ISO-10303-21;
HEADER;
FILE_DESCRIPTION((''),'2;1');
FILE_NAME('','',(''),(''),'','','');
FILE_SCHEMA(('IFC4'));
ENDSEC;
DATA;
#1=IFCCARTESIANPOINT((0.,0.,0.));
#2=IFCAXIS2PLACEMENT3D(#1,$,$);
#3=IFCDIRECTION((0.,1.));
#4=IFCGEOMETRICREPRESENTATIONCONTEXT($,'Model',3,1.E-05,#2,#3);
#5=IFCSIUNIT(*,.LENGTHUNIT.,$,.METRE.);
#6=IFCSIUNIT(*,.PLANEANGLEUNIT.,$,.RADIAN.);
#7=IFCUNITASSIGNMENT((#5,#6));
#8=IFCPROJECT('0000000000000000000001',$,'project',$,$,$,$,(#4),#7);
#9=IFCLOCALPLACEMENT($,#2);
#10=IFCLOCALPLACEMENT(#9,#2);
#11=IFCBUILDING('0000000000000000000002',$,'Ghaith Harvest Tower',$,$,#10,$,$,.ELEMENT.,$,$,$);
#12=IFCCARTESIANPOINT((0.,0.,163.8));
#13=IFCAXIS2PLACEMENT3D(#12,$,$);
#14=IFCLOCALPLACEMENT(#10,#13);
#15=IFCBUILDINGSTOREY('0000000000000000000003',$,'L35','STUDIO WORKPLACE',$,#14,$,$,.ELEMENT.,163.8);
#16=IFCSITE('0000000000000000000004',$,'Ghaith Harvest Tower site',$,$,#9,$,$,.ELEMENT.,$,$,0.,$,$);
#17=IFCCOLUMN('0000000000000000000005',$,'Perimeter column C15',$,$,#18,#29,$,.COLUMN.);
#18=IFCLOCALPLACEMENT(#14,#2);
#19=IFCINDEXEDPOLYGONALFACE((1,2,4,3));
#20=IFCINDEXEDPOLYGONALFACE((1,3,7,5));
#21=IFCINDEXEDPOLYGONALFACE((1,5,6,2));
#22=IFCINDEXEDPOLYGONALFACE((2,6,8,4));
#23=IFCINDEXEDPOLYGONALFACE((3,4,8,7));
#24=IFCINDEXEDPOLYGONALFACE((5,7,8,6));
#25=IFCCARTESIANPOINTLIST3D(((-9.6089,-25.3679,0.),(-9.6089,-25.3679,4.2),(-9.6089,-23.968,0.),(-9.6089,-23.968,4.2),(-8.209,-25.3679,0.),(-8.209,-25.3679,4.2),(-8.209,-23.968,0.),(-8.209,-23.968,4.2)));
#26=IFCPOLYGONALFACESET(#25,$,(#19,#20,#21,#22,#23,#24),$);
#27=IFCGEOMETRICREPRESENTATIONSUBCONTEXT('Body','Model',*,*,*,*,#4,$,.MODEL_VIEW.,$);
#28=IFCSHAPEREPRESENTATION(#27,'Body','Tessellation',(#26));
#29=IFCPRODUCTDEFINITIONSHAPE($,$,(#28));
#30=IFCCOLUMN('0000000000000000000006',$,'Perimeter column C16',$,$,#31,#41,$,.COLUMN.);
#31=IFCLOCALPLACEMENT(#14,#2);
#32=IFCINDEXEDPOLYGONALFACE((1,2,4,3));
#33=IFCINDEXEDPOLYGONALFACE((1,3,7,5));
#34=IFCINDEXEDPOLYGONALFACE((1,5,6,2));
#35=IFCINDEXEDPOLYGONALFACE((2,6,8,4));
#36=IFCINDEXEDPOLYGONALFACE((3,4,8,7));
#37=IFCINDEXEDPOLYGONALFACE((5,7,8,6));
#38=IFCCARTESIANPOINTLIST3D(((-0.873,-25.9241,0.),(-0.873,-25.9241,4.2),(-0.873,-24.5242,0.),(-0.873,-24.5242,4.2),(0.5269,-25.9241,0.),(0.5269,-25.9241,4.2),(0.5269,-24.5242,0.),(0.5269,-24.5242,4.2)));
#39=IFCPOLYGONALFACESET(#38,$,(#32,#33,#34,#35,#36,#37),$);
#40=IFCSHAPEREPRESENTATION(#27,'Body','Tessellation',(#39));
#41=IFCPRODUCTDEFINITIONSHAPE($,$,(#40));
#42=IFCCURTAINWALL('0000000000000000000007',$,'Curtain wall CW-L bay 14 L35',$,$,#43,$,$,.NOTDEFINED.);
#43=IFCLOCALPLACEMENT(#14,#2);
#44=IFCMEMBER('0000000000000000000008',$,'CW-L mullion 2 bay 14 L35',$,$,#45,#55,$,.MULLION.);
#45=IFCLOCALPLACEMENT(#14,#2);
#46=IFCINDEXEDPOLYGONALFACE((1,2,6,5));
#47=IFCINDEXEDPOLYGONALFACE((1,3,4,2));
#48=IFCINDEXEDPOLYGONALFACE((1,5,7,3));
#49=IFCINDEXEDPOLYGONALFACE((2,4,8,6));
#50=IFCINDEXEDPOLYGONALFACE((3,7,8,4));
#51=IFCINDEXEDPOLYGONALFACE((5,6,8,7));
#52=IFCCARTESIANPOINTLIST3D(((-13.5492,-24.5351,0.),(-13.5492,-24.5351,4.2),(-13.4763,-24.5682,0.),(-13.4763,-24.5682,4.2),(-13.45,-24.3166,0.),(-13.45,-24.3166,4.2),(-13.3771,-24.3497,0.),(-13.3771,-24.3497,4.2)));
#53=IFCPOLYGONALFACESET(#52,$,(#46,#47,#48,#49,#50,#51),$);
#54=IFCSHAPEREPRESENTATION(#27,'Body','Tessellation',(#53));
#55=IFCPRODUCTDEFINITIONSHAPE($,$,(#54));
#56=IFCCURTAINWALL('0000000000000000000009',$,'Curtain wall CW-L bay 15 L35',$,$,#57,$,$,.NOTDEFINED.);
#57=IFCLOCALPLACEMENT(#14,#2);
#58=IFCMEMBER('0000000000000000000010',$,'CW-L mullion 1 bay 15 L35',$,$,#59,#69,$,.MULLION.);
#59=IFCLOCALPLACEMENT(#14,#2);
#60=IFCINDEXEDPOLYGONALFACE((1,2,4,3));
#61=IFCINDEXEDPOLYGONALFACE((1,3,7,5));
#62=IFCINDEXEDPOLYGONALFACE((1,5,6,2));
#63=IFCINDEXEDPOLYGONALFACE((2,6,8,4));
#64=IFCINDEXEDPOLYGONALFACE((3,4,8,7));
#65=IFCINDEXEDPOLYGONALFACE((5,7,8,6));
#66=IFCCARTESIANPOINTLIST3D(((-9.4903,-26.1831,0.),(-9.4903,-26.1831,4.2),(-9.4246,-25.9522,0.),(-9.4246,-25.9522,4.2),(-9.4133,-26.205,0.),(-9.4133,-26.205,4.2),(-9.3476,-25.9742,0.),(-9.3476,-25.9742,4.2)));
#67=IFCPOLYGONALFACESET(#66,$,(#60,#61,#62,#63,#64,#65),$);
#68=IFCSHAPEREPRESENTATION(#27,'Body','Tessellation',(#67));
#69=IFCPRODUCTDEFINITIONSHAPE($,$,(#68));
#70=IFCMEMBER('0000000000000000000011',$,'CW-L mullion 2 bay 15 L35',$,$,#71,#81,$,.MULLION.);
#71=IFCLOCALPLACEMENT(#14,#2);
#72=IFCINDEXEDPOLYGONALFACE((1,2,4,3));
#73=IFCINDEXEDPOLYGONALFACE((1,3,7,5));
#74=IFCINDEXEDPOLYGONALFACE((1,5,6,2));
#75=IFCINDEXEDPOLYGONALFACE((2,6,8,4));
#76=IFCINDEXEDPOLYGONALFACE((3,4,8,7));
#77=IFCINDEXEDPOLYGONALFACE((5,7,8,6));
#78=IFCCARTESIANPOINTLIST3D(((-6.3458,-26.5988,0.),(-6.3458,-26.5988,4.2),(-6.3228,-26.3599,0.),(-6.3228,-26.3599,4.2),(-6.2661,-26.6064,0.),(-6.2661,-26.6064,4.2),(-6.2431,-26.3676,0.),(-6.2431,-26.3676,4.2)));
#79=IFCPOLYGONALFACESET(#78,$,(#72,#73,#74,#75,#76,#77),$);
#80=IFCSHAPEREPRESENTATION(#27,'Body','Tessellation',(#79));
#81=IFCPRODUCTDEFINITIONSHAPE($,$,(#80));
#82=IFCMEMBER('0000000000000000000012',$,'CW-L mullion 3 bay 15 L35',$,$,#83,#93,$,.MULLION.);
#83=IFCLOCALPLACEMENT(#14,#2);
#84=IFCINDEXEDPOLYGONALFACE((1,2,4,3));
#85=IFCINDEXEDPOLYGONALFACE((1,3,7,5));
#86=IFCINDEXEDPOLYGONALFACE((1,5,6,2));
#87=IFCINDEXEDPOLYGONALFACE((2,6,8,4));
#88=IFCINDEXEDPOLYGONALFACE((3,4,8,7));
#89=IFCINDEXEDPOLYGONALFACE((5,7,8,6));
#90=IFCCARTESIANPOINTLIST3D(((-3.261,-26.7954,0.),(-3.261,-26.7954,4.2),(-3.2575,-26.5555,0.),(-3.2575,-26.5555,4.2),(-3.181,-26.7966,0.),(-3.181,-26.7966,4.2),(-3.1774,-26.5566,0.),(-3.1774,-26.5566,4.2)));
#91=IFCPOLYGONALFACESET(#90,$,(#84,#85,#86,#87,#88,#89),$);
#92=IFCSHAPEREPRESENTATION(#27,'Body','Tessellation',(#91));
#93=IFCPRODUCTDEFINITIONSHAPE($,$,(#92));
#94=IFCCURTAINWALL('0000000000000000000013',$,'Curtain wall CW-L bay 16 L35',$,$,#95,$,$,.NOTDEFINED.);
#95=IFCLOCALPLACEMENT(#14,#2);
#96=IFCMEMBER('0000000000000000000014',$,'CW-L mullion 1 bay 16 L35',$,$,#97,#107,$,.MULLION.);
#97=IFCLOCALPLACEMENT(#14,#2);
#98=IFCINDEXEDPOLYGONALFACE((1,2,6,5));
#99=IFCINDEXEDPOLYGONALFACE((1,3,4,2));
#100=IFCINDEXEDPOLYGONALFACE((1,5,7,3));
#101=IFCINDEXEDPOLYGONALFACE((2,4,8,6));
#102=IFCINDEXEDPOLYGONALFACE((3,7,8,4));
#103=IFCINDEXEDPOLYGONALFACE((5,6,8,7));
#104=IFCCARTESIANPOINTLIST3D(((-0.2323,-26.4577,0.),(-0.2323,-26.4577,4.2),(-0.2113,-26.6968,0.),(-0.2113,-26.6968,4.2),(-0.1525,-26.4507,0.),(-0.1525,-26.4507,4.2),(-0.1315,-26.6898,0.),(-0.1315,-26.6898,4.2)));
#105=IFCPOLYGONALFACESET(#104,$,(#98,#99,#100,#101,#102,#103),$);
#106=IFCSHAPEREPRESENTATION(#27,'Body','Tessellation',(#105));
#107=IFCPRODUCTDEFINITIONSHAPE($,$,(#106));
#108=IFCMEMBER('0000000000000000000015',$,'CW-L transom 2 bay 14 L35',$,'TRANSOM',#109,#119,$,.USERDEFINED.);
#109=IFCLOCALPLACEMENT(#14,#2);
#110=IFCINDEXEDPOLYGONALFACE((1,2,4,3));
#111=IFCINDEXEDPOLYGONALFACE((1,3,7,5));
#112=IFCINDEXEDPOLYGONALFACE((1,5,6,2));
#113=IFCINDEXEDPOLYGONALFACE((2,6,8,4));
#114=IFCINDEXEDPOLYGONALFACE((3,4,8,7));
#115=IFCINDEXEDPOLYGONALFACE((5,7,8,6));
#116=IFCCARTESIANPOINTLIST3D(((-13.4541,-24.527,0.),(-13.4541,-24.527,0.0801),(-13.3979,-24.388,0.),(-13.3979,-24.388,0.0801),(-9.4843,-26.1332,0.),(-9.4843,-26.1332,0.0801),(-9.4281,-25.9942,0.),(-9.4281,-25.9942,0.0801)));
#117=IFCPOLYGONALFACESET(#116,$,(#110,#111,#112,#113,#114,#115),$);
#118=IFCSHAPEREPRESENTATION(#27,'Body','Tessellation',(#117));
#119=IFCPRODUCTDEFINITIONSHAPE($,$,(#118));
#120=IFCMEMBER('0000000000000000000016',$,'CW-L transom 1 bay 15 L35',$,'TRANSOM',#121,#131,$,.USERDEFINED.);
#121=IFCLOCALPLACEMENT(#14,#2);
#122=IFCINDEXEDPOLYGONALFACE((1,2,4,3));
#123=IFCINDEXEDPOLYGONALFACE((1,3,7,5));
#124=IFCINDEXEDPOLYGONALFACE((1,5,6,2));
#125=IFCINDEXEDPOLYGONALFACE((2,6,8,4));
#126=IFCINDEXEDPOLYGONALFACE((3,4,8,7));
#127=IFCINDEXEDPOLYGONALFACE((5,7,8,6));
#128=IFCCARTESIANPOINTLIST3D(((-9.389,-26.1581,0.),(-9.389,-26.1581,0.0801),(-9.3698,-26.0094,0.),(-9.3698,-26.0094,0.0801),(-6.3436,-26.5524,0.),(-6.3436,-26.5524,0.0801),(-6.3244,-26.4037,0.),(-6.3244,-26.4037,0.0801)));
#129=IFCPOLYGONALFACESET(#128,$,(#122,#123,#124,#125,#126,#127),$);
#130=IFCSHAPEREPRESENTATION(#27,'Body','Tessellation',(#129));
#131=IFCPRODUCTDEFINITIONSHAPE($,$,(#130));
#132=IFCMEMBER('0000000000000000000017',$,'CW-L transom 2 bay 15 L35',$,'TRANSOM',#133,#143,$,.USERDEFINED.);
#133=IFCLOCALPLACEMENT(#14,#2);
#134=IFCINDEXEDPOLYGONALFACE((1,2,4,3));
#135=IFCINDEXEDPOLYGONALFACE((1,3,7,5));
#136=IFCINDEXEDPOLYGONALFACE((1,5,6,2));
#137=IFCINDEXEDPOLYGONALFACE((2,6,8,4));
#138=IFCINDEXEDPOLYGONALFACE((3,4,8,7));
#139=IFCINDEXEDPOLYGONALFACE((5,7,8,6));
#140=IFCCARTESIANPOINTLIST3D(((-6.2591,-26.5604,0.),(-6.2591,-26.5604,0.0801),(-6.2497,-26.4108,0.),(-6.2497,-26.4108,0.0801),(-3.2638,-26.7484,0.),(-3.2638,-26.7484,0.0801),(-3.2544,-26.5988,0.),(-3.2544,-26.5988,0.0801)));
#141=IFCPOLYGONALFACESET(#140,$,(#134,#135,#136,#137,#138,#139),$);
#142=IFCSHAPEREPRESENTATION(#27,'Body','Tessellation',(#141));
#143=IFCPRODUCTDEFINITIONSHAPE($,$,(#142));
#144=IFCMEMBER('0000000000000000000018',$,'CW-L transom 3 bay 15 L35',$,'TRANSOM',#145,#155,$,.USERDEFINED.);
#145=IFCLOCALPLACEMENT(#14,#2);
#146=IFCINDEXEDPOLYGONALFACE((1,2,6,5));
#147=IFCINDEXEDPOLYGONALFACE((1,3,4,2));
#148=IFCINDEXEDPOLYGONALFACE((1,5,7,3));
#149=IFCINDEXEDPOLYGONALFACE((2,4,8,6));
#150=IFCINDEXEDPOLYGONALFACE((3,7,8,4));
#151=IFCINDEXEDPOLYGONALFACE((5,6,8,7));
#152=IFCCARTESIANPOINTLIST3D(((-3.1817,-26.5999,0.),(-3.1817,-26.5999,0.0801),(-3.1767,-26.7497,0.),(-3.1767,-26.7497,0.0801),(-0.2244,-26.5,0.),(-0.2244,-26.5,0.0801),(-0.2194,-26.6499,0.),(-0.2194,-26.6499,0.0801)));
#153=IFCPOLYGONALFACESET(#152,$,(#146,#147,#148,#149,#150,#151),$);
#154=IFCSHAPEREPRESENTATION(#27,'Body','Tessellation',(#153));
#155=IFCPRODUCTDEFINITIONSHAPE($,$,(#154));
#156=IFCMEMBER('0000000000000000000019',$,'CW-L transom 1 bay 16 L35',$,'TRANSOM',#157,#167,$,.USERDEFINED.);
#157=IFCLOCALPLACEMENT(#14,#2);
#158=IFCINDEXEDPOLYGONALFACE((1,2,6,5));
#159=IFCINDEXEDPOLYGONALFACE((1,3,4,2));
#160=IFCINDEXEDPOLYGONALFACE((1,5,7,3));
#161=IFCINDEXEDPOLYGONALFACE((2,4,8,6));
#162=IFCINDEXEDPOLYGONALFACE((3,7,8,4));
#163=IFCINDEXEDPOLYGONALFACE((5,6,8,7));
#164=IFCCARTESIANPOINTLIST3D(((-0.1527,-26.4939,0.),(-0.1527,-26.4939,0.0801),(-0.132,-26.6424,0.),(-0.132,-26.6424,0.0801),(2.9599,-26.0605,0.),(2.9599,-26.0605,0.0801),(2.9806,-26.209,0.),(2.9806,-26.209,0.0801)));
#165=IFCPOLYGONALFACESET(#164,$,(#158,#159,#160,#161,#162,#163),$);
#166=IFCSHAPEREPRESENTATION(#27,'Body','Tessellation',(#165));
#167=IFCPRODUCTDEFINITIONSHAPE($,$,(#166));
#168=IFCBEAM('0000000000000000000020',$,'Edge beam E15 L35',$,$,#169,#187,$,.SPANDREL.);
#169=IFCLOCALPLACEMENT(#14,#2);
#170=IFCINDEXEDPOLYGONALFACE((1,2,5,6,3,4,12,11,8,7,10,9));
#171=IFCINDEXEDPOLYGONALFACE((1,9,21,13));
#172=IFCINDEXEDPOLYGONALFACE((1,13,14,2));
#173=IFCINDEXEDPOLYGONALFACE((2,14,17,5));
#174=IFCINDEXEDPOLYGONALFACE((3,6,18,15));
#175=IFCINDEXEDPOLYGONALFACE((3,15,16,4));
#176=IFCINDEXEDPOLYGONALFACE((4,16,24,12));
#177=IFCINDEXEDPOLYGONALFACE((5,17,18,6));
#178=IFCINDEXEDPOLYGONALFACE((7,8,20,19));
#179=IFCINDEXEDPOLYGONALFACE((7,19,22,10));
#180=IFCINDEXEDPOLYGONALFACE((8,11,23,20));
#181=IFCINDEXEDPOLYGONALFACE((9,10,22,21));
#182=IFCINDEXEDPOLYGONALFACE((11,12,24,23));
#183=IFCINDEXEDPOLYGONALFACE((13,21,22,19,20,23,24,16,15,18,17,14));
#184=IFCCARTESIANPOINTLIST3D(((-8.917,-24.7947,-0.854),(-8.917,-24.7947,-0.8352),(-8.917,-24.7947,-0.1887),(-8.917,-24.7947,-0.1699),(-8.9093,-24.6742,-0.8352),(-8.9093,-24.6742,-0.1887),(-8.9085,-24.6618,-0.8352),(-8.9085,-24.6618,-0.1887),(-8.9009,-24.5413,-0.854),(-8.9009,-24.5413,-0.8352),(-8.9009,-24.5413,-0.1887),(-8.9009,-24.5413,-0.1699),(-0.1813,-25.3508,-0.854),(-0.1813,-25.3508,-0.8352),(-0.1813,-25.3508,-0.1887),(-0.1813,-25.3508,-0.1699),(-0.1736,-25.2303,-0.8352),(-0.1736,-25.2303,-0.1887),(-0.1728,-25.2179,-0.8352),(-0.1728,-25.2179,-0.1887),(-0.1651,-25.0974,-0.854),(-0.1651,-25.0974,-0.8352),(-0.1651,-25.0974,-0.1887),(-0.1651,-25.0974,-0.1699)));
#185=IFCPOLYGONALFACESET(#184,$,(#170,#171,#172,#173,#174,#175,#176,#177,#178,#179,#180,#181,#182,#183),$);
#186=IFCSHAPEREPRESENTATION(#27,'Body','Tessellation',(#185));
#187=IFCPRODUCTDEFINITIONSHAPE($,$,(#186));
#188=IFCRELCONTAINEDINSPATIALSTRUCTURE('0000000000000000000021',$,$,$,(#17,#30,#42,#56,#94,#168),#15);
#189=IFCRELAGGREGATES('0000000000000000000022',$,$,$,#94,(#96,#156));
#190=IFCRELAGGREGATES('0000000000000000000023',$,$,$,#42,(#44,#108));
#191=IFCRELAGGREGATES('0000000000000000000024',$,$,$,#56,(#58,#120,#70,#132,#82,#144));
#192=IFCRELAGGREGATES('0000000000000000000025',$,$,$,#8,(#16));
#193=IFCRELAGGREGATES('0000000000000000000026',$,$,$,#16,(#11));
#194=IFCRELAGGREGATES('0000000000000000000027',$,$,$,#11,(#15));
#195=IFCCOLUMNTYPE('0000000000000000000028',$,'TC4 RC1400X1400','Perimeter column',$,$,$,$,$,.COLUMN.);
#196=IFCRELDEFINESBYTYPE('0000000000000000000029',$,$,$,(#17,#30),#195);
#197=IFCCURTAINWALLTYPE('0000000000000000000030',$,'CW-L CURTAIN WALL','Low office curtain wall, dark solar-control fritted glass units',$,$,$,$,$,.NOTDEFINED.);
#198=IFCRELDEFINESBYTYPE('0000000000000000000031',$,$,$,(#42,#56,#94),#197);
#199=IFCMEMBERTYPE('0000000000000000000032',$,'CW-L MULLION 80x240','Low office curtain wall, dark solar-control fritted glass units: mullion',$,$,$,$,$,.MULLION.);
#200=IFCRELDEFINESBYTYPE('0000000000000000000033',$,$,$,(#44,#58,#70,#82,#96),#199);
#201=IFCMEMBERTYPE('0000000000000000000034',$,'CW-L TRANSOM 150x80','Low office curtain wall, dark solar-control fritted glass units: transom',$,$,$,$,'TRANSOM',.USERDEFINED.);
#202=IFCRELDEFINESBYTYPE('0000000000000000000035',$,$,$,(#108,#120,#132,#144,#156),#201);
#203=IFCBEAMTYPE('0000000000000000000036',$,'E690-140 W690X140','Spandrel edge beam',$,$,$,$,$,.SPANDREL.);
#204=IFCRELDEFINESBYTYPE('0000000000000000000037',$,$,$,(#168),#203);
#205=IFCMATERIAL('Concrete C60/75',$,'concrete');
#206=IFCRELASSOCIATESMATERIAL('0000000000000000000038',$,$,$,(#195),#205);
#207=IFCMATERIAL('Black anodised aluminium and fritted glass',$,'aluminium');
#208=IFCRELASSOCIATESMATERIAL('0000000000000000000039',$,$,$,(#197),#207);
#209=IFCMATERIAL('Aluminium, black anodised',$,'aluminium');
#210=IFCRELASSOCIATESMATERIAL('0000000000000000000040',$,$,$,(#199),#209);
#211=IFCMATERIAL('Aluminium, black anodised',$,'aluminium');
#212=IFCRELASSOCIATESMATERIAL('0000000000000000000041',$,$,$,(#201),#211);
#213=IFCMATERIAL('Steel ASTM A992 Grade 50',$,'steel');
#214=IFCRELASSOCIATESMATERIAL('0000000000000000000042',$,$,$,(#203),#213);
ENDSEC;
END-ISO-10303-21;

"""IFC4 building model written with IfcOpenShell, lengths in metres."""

from ifc_helpers import new_model, si_unit, direction, frame, origin, origin_2d, place, context, subcontext, project, spatial, rectangle, i_section, extrude, material, material_profile, profile_set, type_object, element, aggregate, save


model = new_model("IFC4")

# Units and contexts
model_context = context("Model", 3, precision=1e-05, world=origin(), true_north=direction((0.0, 1.0)))
body_context = subcontext(model_context, "Body", "Model", "MODEL_VIEW")
ifc_project = project(units=[si_unit("LENGTHUNIT", "METRE"), si_unit("PLANEANGLEUNIT", "RADIAN")], contexts=[model_context])

# Site, building, storey
site_placement = place(None, origin())
site = spatial("IfcSite", under=ifc_project, at=site_placement, Name="Ghaith Harvest Tower site", CompositionType="ELEMENT", RefElevation=0.0)
building_placement = place(site_placement, origin())
building = spatial("IfcBuilding", under=site, at=building_placement, Name="Ghaith Harvest Tower", CompositionType="ELEMENT")
storey_placement = place(building_placement, frame((0.0, 0.0, 163.8)))
storey = spatial("IfcBuildingStorey", under=building, at=storey_placement, Name="L35", Description="STUDIO WORKPLACE", CompositionType="ELEMENT", Elevation=163.8)

# Columns
ifc_material_1 = material(Name="Concrete C60/75", Category="concrete")
ifc_material_profile_1 = material_profile(ifc_material_1, rectangle(XDim=1.3999, YDim=1.3999, at=origin_2d()), Name="RC1400X1400")
ifc_profile_set_1 = profile_set([ifc_material_profile_1], Name="Concrete C60/75")
column_type = type_object("IfcColumnType", Name="TC4 RC1400X1400", Description="Perimeter column", PredefinedType="COLUMN", material=ifc_profile_set_1)
for number, where, z_axis, x_axis, name in (
    (1, (-8.9089, -24.668, 0.0), (0.0, 0.0, 1.0), (1.0, 0.0, 0.0), "Perimeter column C15"),
    (2, (-0.1731, -25.2241, 0.0), (0.0, 0.0, 1.0), (1.0, 0.0, 0.0), "Perimeter column C16"),
):
    element("IfcColumn", number, at=place(storey_placement, frame(where, z_axis=z_axis, x_axis=x_axis)), inside=storey, type_object=column_type, Name=name, PredefinedType="COLUMN", context=body_context, shape_type="SweptSolid", body=[
        extrude(rectangle(XDim=1.3999, YDim=1.3999, at=origin_2d()), origin(), (0.0, 0.0, 1.0), 4.2),
    ])

# Curtain wall, member
ifc_material_2 = material(Name="Black anodised aluminium and fritted glass", Category="aluminium")
curtain_wall_type = type_object("IfcCurtainWallType", Name="CW-L CURTAIN WALL", Description="Low office curtain wall, dark solar-control fritted glass units", PredefinedType="NOTDEFINED", material=ifc_material_2)
curtain_wall_1_placement = place(storey_placement, origin())
curtain_wall_1 = element("IfcCurtainWall", 3, at=curtain_wall_1_placement, inside=storey, type_object=curtain_wall_type, Name="Curtain wall CW-L bay 14 L35", PredefinedType="NOTDEFINED")
ifc_material_3 = material(Name="Aluminium, black anodised", Category="aluminium")
ifc_material_profile_2 = material_profile(ifc_material_3, rectangle(XDim=0.0801, YDim=0.24, at=origin_2d()), Name="CW-L MULLION 80x240")
ifc_profile_set_2 = profile_set([ifc_material_profile_2], Name="Aluminium, black anodised")
member_type_1 = type_object("IfcMemberType", Name="CW-L MULLION 80x240", Description="Low office curtain wall, dark solar-control fritted glass units: mullion", PredefinedType="MULLION", material=ifc_profile_set_2)
member_1_placement = place(storey_placement, frame((-13.4631, -24.4424, 0.0), z_axis=(0.0, 0.0, 1.0), x_axis=(0.910648, -0.413183, 0.0)))
member_1 = element("IfcMember", 4, at=member_1_placement, type_object=member_type_1, Name="CW-L mullion 2 bay 14 L35", PredefinedType="MULLION", context=body_context, shape_type="SweptSolid", body=[
    extrude(rectangle(XDim=0.0801, YDim=0.24, at=origin_2d()), origin(), (0.0, 0.0, 1.0), 4.2),
])

# Curtain wall, members
curtain_wall_2_placement = place(storey_placement, origin())
curtain_wall_2 = element("IfcCurtainWall", 5, at=curtain_wall_2_placement, inside=storey, type_object=curtain_wall_type, Name="Curtain wall CW-L bay 15 L35", PredefinedType="NOTDEFINED")
member_2_placement = place(storey_placement, frame((-9.4189, -26.0786, 0.0), z_axis=(0.0, 0.0, 1.0), x_axis=(0.961789, -0.273793, 0.0)))
member_2 = element("IfcMember", 6, at=member_2_placement, type_object=member_type_1, Name="CW-L mullion 1 bay 15 L35", PredefinedType="MULLION", context=body_context, shape_type="SweptSolid", body=[
    extrude(rectangle(XDim=0.0801, YDim=0.24, at=origin_2d()), origin(), (0.0, 0.0, 1.0), 4.2),
])
member_3_placement = place(storey_placement, frame((-6.2944, -26.4832, 0.0), z_axis=(0.0, 0.0, 1.0), x_axis=(0.995389, -0.095918, 0.0)))
member_3 = element("IfcMember", 7, at=member_3_placement, type_object=member_type_1, Name="CW-L mullion 2 bay 15 L35", PredefinedType="MULLION", context=body_context, shape_type="SweptSolid", body=[
    extrude(rectangle(XDim=0.0801, YDim=0.24, at=origin_2d()), origin(), (0.0, 0.0, 1.0), 4.2),
])
member_4_placement = place(storey_placement, frame((-3.2192, -26.676, 0.0), z_axis=(0.0, 0.0, 1.0), x_axis=(0.999891, -0.014796, 0.0)))
member_4 = element("IfcMember", 8, at=member_4_placement, type_object=member_type_1, Name="CW-L mullion 3 bay 15 L35", PredefinedType="MULLION", context=body_context, shape_type="SweptSolid", body=[
    extrude(rectangle(XDim=0.0801, YDim=0.24, at=origin_2d()), origin(), (0.0, 0.0, 1.0), 4.2),
])

# Curtain wall, member
curtain_wall_3_placement = place(storey_placement, origin())
curtain_wall_3 = element("IfcCurtainWall", 9, at=curtain_wall_3_placement, inside=storey, type_object=curtain_wall_type, Name="Curtain wall CW-L bay 16 L35", PredefinedType="NOTDEFINED")
member_5_placement = place(storey_placement, frame((-0.1819, -26.5737, 0.0), z_axis=(0.0, 0.0, 1.0), x_axis=(0.996169, 0.087446, 0.0)))
member_5 = element("IfcMember", 10, at=member_5_placement, type_object=member_type_1, Name="CW-L mullion 1 bay 16 L35", PredefinedType="MULLION", context=body_context, shape_type="SweptSolid", body=[
    extrude(rectangle(XDim=0.0801, YDim=0.24, at=origin_2d()), origin(), (0.0, 0.0, 1.0), 4.2),
])

# Members
ifc_material_4 = material(Name="Aluminium, black anodised", Category="aluminium")
ifc_material_profile_3 = material_profile(ifc_material_4, rectangle(XDim=0.1499, YDim=0.0801, at=origin_2d()), Name="CW-L TRANSOM 150x80")
ifc_profile_set_3 = profile_set([ifc_material_profile_3], Name="Aluminium, black anodised")
member_type_2 = type_object("IfcMemberType", Name="CW-L TRANSOM 150x80", Description="Low office curtain wall, dark solar-control fritted glass units: transom", ElementType="TRANSOM", PredefinedType="USERDEFINED", material=ifc_profile_set_3)
member_6_placement = place(storey_placement, frame((-13.426, -24.4575, 0.04), z_axis=(0.927003, -0.375054, 0.0), x_axis=(0.375054, 0.927003, 0.0)))
member_6 = element("IfcMember", 11, at=member_6_placement, type_object=member_type_2, Name="CW-L transom 2 bay 14 L35", ObjectType="TRANSOM", PredefinedType="USERDEFINED", context=body_context, shape_type="SweptSolid", body=[
    extrude(rectangle(XDim=0.1499, YDim=0.0801, at=origin_2d()), origin(), (0.0, 0.0, 1.0), 4.2825),
])
member_7_placement = place(storey_placement, frame((-9.3794, -26.0837, 0.04), z_axis=(0.991723, -0.128398, 0.0), x_axis=(0.128398, 0.991723, 0.0)))
member_7 = element("IfcMember", 12, at=member_7_placement, type_object=member_type_2, Name="CW-L transom 1 bay 15 L35", ObjectType="TRANSOM", PredefinedType="USERDEFINED", context=body_context, shape_type="SweptSolid", body=[
    extrude(rectangle(XDim=0.1499, YDim=0.0801, at=origin_2d()), origin(), (0.0, 0.0, 1.0), 3.0708),
])
member_8_placement = place(storey_placement, frame((-6.2544, -26.4856, 0.04), z_axis=(0.998036, -0.062637, 0.0), x_axis=(0.062637, 0.998036, 0.0)))
member_8 = element("IfcMember", 13, at=member_8_placement, type_object=member_type_2, Name="CW-L transom 2 bay 15 L35", ObjectType="TRANSOM", PredefinedType="USERDEFINED", context=body_context, shape_type="SweptSolid", body=[
    extrude(rectangle(XDim=0.1499, YDim=0.0801, at=origin_2d()), origin(), (0.0, 0.0, 1.0), 3.0012),
])
member_9_placement = place(storey_placement, frame((-3.1792, -26.6748, 0.04), z_axis=(0.99943, 0.033746, 0.0), x_axis=(-0.033746, 0.99943, 0.0)))
member_9 = element("IfcMember", 14, at=member_9_placement, type_object=member_type_2, Name="CW-L transom 3 bay 15 L35", ObjectType="TRANSOM", PredefinedType="USERDEFINED", context=body_context, shape_type="SweptSolid", body=[
    extrude(rectangle(XDim=0.1499, YDim=0.0801, at=origin_2d()), origin(), (0.0, 0.0, 1.0), 2.959),
])
member_10_placement = place(storey_placement, frame((-0.1423, -26.5681, 0.04), z_axis=(0.990447, 0.137897, 0.0), x_axis=(-0.137897, 0.990447, 0.0)))
member_10 = element("IfcMember", 15, at=member_10_placement, type_object=member_type_2, Name="CW-L transom 1 bay 16 L35", ObjectType="TRANSOM", PredefinedType="USERDEFINED", context=body_context, shape_type="SweptSolid", body=[
    extrude(rectangle(XDim=0.1499, YDim=0.0801, at=origin_2d()), origin(), (0.0, 0.0, 1.0), 3.1426),
])
aggregate(curtain_wall_3, [member_5, member_10])

# Beam
ifc_material_5 = material(Name="Steel ASTM A992 Grade 50", Category="steel")
ifc_material_profile_4 = material_profile(ifc_material_5, i_section(OverallWidth=0.2539, OverallDepth=0.6841, WebThickness=0.0125, FlangeThickness=0.0188, at=origin_2d()), Name="W690X140")
ifc_profile_set_4 = profile_set([ifc_material_profile_4], Name="Steel ASTM A992 Grade 50")
beam_type_1 = type_object("IfcBeamType", Name="E690-140 W690X140", Description="Spandrel edge beam", PredefinedType="SPANDREL", material=ifc_profile_set_4)
beam_1_placement = place(storey_placement, frame((-8.9089, -24.668, -0.512), z_axis=(0.99798, -0.063535, 0.0), x_axis=(0.063535, 0.99798, 0.0)))
element("IfcBeam", 16, at=beam_1_placement, inside=storey, type_object=beam_type_1, Name="Edge beam E15 L35", PredefinedType="SPANDREL", context=body_context, shape_type="SweptSolid", body=[
    extrude(i_section(OverallWidth=0.2539, OverallDepth=0.6841, WebThickness=0.0125, FlangeThickness=0.0188, at=origin_2d()), origin(), (0.0, 0.0, 1.0), 8.7534),
])

aggregate(curtain_wall_1, [member_1, member_6])
aggregate(curtain_wall_2, [member_2, member_7, member_3, member_8, member_4, member_9])

save(model, "model.ifc")
